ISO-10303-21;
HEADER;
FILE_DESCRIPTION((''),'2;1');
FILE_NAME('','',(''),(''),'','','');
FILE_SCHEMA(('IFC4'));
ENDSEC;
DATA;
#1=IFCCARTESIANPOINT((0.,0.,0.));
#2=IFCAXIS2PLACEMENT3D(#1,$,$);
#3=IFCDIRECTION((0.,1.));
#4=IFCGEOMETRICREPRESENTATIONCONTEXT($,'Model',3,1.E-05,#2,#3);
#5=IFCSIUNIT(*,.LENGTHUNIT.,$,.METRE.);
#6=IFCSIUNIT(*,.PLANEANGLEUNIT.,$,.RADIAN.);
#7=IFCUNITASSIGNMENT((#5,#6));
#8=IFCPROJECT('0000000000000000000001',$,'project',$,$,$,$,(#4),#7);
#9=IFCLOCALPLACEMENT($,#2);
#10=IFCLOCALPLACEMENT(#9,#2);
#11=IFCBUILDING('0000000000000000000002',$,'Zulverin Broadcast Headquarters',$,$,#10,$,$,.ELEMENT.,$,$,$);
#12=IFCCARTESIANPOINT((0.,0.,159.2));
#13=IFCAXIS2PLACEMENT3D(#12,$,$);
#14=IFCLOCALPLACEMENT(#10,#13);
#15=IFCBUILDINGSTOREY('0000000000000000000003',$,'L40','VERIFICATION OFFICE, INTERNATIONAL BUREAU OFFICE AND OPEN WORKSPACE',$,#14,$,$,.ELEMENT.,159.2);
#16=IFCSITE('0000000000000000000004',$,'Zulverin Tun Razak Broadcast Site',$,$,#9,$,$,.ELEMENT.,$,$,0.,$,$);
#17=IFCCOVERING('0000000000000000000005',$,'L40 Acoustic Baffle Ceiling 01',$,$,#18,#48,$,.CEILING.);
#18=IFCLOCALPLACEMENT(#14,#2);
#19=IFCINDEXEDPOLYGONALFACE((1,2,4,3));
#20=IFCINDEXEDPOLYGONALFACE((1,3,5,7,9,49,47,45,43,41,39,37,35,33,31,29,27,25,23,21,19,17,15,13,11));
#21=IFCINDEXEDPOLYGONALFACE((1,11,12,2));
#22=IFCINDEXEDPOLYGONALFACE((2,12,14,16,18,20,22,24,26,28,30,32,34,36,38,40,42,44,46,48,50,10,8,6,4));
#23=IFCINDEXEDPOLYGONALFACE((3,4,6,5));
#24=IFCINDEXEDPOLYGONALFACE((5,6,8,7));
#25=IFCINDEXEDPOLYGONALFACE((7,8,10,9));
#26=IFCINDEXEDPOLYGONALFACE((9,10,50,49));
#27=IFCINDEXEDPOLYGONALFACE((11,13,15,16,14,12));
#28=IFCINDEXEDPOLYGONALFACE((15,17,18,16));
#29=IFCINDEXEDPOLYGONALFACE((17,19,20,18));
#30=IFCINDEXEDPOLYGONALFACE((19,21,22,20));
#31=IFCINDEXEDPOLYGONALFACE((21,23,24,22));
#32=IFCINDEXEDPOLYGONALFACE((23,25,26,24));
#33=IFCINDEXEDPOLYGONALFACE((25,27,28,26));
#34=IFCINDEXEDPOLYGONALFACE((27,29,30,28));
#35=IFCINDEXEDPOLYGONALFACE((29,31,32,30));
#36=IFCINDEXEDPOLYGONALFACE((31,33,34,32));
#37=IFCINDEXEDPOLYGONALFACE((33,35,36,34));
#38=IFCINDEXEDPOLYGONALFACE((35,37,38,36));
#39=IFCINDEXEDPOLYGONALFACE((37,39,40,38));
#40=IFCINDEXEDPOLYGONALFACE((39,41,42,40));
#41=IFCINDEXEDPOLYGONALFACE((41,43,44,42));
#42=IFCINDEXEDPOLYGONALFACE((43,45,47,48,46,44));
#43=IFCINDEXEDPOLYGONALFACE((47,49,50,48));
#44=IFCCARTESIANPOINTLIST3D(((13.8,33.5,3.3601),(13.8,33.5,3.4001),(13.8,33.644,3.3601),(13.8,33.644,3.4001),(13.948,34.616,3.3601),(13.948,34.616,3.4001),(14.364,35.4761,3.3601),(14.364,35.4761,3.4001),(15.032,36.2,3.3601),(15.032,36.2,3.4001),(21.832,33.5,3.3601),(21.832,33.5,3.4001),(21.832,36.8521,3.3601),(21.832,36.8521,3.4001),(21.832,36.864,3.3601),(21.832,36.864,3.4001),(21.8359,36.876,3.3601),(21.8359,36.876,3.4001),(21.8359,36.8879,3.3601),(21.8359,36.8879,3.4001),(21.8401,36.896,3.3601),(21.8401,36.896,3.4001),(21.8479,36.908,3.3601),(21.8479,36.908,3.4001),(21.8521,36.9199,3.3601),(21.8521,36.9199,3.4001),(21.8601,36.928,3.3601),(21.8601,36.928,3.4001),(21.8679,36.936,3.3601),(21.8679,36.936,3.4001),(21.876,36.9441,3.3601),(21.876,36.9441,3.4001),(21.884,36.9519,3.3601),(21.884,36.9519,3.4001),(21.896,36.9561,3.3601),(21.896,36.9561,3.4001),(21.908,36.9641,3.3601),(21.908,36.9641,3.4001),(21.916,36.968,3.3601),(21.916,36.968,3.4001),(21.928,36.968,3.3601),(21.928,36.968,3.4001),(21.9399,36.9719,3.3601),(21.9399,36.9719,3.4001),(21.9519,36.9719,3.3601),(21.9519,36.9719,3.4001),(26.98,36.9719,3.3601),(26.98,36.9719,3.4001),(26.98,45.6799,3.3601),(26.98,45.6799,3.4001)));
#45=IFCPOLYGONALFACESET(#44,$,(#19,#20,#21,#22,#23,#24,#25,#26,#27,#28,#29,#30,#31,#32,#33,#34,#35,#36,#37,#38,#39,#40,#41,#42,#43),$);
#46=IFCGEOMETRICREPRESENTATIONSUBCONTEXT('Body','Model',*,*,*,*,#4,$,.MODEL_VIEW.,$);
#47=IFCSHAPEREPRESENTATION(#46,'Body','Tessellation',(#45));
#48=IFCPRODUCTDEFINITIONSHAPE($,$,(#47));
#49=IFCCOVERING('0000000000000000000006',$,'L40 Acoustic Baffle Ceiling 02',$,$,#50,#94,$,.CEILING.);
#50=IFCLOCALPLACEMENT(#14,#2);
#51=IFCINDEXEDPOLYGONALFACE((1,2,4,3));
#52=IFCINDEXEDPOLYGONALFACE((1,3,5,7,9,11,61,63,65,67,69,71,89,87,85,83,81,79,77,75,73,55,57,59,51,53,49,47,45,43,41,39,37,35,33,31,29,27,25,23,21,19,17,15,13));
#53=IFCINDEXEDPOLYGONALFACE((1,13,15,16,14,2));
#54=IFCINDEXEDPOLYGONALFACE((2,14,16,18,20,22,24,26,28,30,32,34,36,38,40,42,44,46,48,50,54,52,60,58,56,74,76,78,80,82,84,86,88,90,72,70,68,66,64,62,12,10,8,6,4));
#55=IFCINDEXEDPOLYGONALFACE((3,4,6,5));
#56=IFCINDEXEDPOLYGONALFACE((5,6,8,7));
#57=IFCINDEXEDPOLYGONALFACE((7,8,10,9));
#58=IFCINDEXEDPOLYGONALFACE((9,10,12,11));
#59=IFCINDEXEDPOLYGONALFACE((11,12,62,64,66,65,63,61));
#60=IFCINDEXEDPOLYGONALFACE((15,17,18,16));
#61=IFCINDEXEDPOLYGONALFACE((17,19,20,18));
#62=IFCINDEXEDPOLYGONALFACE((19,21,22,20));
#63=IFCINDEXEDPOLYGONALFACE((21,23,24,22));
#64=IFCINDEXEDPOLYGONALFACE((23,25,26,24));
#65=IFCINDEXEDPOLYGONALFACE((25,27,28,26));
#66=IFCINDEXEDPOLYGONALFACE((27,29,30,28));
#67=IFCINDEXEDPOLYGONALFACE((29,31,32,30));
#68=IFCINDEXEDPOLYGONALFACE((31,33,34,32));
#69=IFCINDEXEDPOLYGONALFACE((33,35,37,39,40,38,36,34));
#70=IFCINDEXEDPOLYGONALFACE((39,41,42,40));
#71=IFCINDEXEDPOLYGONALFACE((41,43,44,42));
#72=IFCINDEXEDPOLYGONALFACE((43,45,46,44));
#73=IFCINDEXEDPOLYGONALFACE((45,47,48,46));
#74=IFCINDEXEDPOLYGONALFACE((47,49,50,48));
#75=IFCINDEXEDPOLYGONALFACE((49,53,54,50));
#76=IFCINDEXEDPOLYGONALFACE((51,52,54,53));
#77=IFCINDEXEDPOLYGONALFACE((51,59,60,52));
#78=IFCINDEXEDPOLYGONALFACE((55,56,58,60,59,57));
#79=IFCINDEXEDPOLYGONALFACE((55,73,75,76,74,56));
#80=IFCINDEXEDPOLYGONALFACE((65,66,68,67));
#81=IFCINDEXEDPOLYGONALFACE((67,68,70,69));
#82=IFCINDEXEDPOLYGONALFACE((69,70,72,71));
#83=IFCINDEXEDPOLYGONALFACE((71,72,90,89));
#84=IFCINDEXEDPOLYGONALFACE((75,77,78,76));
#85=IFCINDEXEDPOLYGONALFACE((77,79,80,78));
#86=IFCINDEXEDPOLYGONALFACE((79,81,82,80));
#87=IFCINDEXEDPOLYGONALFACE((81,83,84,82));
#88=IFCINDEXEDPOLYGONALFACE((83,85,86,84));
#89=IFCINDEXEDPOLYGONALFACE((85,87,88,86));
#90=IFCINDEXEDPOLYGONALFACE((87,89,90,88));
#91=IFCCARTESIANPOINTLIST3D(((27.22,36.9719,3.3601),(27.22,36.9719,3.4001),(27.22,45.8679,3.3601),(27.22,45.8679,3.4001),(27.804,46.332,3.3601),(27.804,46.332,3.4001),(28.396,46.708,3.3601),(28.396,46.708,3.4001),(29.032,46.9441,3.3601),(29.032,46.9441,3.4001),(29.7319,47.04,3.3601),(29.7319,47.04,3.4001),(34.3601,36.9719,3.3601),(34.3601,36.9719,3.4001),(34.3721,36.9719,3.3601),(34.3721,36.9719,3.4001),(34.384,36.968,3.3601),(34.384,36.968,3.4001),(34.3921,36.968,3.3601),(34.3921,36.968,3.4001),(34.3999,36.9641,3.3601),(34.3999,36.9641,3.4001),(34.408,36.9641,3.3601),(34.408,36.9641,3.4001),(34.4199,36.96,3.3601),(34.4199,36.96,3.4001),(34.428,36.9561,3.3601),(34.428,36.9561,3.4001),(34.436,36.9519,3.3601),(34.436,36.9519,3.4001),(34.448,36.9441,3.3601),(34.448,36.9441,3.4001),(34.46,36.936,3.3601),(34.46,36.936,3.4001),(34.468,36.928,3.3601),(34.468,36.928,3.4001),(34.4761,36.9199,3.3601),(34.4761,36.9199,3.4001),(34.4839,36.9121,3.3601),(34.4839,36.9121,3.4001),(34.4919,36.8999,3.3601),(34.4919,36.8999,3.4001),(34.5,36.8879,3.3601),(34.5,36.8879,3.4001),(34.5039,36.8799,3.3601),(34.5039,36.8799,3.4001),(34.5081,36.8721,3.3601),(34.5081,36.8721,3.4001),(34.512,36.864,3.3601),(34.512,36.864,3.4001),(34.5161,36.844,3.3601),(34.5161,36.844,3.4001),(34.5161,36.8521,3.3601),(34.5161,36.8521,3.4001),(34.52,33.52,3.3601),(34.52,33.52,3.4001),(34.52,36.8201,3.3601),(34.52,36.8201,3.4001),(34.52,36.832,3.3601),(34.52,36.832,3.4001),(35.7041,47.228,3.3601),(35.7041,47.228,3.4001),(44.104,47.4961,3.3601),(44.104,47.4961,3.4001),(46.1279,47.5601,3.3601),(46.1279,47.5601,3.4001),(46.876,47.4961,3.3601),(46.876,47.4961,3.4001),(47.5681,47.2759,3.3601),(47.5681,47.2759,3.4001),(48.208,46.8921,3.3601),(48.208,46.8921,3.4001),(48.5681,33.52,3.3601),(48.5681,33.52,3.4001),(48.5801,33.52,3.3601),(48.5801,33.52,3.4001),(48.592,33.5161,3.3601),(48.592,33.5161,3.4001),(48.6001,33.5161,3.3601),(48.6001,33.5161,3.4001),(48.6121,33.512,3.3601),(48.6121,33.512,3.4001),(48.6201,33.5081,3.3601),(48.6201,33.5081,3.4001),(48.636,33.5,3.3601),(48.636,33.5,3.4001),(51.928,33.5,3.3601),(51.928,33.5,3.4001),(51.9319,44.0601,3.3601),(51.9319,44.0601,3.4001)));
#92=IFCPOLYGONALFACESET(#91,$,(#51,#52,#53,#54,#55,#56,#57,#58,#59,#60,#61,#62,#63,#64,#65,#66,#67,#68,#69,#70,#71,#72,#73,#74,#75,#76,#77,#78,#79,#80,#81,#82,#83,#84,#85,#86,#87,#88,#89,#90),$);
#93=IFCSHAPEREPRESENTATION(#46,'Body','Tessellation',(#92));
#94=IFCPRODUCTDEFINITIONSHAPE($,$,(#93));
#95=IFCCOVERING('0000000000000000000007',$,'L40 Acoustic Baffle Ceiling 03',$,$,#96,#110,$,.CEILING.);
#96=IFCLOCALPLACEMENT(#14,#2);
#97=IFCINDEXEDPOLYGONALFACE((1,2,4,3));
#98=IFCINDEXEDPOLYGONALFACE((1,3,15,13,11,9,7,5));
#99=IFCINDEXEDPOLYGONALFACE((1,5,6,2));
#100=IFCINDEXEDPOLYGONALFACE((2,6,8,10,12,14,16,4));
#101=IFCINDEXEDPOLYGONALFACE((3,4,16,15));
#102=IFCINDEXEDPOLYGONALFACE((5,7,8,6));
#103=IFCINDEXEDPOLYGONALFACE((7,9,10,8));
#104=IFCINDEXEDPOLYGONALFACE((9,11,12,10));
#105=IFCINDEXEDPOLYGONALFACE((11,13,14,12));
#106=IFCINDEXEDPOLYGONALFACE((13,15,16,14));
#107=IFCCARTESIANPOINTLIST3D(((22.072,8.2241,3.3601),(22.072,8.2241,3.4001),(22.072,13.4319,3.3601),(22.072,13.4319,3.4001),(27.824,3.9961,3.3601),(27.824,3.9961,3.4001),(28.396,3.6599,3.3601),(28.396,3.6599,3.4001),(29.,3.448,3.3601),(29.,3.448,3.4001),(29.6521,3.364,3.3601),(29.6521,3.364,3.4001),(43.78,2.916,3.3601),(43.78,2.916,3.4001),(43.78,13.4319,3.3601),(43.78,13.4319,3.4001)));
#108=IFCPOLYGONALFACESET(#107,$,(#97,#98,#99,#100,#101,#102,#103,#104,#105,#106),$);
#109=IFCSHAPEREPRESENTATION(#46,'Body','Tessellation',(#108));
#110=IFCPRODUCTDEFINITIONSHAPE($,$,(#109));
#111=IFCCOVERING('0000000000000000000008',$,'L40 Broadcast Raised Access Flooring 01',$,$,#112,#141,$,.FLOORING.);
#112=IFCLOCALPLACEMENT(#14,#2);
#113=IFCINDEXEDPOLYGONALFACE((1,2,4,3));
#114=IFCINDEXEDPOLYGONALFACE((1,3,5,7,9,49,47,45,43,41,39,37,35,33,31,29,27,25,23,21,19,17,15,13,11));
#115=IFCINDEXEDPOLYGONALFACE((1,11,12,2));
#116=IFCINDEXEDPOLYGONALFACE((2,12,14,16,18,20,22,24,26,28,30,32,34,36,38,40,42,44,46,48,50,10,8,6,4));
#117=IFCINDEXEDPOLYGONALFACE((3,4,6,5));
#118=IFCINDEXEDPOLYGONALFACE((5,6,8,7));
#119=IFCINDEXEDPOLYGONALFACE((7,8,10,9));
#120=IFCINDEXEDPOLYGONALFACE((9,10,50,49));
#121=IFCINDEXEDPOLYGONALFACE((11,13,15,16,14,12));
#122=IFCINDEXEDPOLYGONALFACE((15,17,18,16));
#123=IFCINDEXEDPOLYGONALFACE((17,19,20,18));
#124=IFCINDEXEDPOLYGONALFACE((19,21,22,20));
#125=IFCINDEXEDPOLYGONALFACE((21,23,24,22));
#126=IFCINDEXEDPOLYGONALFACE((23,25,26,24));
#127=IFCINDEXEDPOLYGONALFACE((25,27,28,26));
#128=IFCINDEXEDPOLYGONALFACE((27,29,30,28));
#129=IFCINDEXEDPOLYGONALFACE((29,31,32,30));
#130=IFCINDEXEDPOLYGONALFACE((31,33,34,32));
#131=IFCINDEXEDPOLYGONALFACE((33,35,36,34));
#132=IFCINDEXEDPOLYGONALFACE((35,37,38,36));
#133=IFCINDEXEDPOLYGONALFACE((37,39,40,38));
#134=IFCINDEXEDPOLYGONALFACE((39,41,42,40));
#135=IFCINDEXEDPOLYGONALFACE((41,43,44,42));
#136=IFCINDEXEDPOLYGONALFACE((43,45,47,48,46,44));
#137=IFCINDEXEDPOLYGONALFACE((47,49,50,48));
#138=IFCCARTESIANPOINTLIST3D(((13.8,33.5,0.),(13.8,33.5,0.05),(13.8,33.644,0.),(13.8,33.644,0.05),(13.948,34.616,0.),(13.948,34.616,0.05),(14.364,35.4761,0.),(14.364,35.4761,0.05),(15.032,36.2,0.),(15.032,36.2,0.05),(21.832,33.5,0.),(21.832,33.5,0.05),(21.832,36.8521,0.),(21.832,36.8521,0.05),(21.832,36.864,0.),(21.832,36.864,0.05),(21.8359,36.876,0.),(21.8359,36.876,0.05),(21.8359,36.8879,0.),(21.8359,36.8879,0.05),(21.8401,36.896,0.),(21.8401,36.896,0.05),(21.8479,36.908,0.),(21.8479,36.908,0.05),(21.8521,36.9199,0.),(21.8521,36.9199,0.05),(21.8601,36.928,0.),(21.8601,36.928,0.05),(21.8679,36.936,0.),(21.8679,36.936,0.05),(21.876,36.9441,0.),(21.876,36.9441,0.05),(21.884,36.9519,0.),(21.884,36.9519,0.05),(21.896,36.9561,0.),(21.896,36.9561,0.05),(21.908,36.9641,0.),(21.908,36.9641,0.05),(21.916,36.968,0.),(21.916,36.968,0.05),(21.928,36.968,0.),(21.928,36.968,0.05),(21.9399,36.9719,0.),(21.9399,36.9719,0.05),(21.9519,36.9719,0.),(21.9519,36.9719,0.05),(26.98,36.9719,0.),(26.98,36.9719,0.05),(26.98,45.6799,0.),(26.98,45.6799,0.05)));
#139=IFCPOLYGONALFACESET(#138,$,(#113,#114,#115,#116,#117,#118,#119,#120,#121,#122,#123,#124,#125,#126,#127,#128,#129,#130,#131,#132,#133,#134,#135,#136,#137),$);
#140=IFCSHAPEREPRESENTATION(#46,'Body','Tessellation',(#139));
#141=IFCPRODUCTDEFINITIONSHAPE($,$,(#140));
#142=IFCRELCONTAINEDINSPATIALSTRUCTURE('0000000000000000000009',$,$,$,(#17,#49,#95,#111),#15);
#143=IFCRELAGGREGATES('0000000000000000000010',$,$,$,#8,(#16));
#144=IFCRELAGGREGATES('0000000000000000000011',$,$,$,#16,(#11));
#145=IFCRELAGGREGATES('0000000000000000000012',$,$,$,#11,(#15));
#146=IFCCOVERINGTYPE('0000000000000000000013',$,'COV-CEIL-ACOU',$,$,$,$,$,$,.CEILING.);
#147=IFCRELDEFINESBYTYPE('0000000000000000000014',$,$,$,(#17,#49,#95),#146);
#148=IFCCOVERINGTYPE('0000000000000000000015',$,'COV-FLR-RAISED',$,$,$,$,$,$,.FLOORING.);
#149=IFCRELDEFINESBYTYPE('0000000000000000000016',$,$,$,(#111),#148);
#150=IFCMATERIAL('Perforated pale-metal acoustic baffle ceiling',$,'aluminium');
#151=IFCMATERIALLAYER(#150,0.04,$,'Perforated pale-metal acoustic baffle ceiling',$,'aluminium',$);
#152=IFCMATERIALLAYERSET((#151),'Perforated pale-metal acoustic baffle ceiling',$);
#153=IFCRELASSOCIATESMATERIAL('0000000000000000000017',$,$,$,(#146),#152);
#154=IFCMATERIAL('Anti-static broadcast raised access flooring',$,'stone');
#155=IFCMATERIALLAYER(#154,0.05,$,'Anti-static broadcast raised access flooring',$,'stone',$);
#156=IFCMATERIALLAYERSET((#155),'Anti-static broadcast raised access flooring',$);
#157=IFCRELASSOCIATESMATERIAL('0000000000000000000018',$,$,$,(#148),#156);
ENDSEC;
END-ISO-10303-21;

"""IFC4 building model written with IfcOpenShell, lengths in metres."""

from ifc_helpers import new_model, si_unit, direction, frame, origin, place, context, subcontext, project, spatial, polyline, outline, extrude, material, layer, layer_set, type_object, element, save


model = new_model("IFC4")

# Units and contexts
model_context = context("Model", 3, precision=1e-05, world=origin(), true_north=direction((0.0, 1.0)))
body_context = subcontext(model_context, "Body", "Model", "MODEL_VIEW")
ifc_project = project(units=[si_unit("LENGTHUNIT", "METRE"), si_unit("PLANEANGLEUNIT", "RADIAN")], contexts=[model_context])

# Site, building, storey
site_placement = place(None, origin())
site = spatial("IfcSite", under=ifc_project, at=site_placement, Name="Zulverin Tun Razak Broadcast Site", CompositionType="ELEMENT", RefElevation=0.0)
building_placement = place(site_placement, origin())
building = spatial("IfcBuilding", under=site, at=building_placement, Name="Zulverin Broadcast Headquarters", CompositionType="ELEMENT")
storey_placement = place(building_placement, frame((0.0, 0.0, 159.2)))
storey = spatial("IfcBuildingStorey", under=building, at=storey_placement, Name="L40", Description="VERIFICATION OFFICE, INTERNATIONAL BUREAU OFFICE AND OPEN WORKSPACE", CompositionType="ELEMENT", Elevation=159.2)

# Coverings
ifc_material_1 = material(Name="Perforated pale-metal acoustic baffle ceiling", Category="aluminium")
ifc_layer_1 = layer(ifc_material_1, 0.04, Name="Perforated pale-metal acoustic baffle ceiling", Category="aluminium")
ifc_layer_set_1 = layer_set([ifc_layer_1], Name="Perforated pale-metal acoustic baffle ceiling")
covering_type_1 = type_object("IfcCoveringType", Name="COV-CEIL-ACOU", PredefinedType="CEILING", material=ifc_layer_set_1)
covering_1_placement = place(storey_placement, frame((0.0, 0.0, 3.3601)))
element("IfcCovering", 1, at=covering_1_placement, inside=storey, type_object=covering_type_1, Name="L40 Acoustic Baffle Ceiling 01", PredefinedType="CEILING", context=body_context, shape_type="SweptSolid", body=[
    extrude(outline(polyline([(21.9519, 36.9719), (26.98, 36.9719), (26.98, 45.6799), (15.032, 36.2), (14.364, 35.4761), (13.948, 34.616), (13.8, 33.644), (13.8, 33.5), (21.832, 33.5), (21.832, 36.8521), (21.832, 36.864), (21.8359, 36.876), (21.8359, 36.8879), (21.8401, 36.896), (21.8479, 36.908), (21.8521, 36.9199), (21.8601, 36.928), (21.8679, 36.936), (21.876, 36.9441), (21.884, 36.9519), (21.896, 36.9561), (21.908, 36.9641), (21.916, 36.968), (21.928, 36.968), (21.9399, 36.9719), (21.9519, 36.9719)])), origin(), (0.0, 0.0, 1.0), 0.04),
])
covering_2_placement = place(storey_placement, frame((0.0, 0.0, 3.3601)))
element("IfcCovering", 2, at=covering_2_placement, inside=storey, type_object=covering_type_1, Name="L40 Acoustic Baffle Ceiling 02", PredefinedType="CEILING", context=body_context, shape_type="SweptSolid", body=[
    extrude(outline(polyline([(29.032, 46.9441), (28.396, 46.708), (27.804, 46.332), (27.22, 45.8679), (27.22, 36.9719), (34.3601, 36.9719), (34.3721, 36.9719), (34.384, 36.968), (34.3921, 36.968), (34.3999, 36.9641), (34.408, 36.9641), (34.4199, 36.96), (34.428, 36.9561), (34.436, 36.9519), (34.448, 36.9441), (34.46, 36.936), (34.468, 36.928), (34.4761, 36.9199), (34.4839, 36.9121), (34.4919, 36.8999), (34.5, 36.8879), (34.5039, 36.8799), (34.5081, 36.8721), (34.512, 36.864), (34.5161, 36.8521), (34.5161, 36.844), (34.52, 36.832), (34.52, 36.8201), (34.52, 33.52), (48.5681, 33.52), (48.5801, 33.52), (48.592, 33.5161), (48.6001, 33.5161), (48.6121, 33.512), (48.6201, 33.5081), (48.636, 33.5), (51.928, 33.5), (51.9319, 44.0601), (48.208, 46.8921), (47.5681, 47.2759), (46.876, 47.4961), (46.1279, 47.5601), (44.104, 47.4961), (35.7041, 47.228), (29.7319, 47.04), (29.032, 46.9441)])), origin(), (0.0, 0.0, 1.0), 0.04),
])
covering_3_placement = place(storey_placement, frame((0.0, 0.0, 3.3601)))
element("IfcCovering", 3, at=covering_3_placement, inside=storey, type_object=covering_type_1, Name="L40 Acoustic Baffle Ceiling 03", PredefinedType="CEILING", context=body_context, shape_type="SweptSolid", body=[
    extrude(outline(polyline([(28.396, 3.6599), (29.0, 3.448), (29.6521, 3.364), (43.78, 2.916), (43.78, 13.4319), (22.072, 13.4319), (22.072, 8.2241), (27.824, 3.9961), (28.396, 3.6599)])), origin(), (0.0, 0.0, 1.0), 0.04),
])
ifc_material_2 = material(Name="Anti-static broadcast raised access flooring", Category="stone")
ifc_layer_2 = layer(ifc_material_2, 0.05, Name="Anti-static broadcast raised access flooring", Category="stone")
ifc_layer_set_2 = layer_set([ifc_layer_2], Name="Anti-static broadcast raised access flooring")
covering_type_2 = type_object("IfcCoveringType", Name="COV-FLR-RAISED", PredefinedType="FLOORING", material=ifc_layer_set_2)
covering_4_placement = place(storey_placement, origin())
element("IfcCovering", 4, at=covering_4_placement, inside=storey, type_object=covering_type_2, Name="L40 Broadcast Raised Access Flooring 01", PredefinedType="FLOORING", context=body_context, shape_type="SweptSolid", body=[
    extrude(outline(polyline([(21.9519, 36.9719), (26.98, 36.9719), (26.98, 45.6799), (15.032, 36.2), (14.364, 35.4761), (13.948, 34.616), (13.8, 33.644), (13.8, 33.5), (21.832, 33.5), (21.832, 36.8521), (21.832, 36.864), (21.8359, 36.876), (21.8359, 36.8879), (21.8401, 36.896), (21.8479, 36.908), (21.8521, 36.9199), (21.8601, 36.928), (21.8679, 36.936), (21.876, 36.9441), (21.884, 36.9519), (21.896, 36.9561), (21.908, 36.9641), (21.916, 36.968), (21.928, 36.968), (21.9399, 36.9719), (21.9519, 36.9719)])), origin(), (0.0, 0.0, 1.0), 0.05),
])

save(model, "model.ifc")
